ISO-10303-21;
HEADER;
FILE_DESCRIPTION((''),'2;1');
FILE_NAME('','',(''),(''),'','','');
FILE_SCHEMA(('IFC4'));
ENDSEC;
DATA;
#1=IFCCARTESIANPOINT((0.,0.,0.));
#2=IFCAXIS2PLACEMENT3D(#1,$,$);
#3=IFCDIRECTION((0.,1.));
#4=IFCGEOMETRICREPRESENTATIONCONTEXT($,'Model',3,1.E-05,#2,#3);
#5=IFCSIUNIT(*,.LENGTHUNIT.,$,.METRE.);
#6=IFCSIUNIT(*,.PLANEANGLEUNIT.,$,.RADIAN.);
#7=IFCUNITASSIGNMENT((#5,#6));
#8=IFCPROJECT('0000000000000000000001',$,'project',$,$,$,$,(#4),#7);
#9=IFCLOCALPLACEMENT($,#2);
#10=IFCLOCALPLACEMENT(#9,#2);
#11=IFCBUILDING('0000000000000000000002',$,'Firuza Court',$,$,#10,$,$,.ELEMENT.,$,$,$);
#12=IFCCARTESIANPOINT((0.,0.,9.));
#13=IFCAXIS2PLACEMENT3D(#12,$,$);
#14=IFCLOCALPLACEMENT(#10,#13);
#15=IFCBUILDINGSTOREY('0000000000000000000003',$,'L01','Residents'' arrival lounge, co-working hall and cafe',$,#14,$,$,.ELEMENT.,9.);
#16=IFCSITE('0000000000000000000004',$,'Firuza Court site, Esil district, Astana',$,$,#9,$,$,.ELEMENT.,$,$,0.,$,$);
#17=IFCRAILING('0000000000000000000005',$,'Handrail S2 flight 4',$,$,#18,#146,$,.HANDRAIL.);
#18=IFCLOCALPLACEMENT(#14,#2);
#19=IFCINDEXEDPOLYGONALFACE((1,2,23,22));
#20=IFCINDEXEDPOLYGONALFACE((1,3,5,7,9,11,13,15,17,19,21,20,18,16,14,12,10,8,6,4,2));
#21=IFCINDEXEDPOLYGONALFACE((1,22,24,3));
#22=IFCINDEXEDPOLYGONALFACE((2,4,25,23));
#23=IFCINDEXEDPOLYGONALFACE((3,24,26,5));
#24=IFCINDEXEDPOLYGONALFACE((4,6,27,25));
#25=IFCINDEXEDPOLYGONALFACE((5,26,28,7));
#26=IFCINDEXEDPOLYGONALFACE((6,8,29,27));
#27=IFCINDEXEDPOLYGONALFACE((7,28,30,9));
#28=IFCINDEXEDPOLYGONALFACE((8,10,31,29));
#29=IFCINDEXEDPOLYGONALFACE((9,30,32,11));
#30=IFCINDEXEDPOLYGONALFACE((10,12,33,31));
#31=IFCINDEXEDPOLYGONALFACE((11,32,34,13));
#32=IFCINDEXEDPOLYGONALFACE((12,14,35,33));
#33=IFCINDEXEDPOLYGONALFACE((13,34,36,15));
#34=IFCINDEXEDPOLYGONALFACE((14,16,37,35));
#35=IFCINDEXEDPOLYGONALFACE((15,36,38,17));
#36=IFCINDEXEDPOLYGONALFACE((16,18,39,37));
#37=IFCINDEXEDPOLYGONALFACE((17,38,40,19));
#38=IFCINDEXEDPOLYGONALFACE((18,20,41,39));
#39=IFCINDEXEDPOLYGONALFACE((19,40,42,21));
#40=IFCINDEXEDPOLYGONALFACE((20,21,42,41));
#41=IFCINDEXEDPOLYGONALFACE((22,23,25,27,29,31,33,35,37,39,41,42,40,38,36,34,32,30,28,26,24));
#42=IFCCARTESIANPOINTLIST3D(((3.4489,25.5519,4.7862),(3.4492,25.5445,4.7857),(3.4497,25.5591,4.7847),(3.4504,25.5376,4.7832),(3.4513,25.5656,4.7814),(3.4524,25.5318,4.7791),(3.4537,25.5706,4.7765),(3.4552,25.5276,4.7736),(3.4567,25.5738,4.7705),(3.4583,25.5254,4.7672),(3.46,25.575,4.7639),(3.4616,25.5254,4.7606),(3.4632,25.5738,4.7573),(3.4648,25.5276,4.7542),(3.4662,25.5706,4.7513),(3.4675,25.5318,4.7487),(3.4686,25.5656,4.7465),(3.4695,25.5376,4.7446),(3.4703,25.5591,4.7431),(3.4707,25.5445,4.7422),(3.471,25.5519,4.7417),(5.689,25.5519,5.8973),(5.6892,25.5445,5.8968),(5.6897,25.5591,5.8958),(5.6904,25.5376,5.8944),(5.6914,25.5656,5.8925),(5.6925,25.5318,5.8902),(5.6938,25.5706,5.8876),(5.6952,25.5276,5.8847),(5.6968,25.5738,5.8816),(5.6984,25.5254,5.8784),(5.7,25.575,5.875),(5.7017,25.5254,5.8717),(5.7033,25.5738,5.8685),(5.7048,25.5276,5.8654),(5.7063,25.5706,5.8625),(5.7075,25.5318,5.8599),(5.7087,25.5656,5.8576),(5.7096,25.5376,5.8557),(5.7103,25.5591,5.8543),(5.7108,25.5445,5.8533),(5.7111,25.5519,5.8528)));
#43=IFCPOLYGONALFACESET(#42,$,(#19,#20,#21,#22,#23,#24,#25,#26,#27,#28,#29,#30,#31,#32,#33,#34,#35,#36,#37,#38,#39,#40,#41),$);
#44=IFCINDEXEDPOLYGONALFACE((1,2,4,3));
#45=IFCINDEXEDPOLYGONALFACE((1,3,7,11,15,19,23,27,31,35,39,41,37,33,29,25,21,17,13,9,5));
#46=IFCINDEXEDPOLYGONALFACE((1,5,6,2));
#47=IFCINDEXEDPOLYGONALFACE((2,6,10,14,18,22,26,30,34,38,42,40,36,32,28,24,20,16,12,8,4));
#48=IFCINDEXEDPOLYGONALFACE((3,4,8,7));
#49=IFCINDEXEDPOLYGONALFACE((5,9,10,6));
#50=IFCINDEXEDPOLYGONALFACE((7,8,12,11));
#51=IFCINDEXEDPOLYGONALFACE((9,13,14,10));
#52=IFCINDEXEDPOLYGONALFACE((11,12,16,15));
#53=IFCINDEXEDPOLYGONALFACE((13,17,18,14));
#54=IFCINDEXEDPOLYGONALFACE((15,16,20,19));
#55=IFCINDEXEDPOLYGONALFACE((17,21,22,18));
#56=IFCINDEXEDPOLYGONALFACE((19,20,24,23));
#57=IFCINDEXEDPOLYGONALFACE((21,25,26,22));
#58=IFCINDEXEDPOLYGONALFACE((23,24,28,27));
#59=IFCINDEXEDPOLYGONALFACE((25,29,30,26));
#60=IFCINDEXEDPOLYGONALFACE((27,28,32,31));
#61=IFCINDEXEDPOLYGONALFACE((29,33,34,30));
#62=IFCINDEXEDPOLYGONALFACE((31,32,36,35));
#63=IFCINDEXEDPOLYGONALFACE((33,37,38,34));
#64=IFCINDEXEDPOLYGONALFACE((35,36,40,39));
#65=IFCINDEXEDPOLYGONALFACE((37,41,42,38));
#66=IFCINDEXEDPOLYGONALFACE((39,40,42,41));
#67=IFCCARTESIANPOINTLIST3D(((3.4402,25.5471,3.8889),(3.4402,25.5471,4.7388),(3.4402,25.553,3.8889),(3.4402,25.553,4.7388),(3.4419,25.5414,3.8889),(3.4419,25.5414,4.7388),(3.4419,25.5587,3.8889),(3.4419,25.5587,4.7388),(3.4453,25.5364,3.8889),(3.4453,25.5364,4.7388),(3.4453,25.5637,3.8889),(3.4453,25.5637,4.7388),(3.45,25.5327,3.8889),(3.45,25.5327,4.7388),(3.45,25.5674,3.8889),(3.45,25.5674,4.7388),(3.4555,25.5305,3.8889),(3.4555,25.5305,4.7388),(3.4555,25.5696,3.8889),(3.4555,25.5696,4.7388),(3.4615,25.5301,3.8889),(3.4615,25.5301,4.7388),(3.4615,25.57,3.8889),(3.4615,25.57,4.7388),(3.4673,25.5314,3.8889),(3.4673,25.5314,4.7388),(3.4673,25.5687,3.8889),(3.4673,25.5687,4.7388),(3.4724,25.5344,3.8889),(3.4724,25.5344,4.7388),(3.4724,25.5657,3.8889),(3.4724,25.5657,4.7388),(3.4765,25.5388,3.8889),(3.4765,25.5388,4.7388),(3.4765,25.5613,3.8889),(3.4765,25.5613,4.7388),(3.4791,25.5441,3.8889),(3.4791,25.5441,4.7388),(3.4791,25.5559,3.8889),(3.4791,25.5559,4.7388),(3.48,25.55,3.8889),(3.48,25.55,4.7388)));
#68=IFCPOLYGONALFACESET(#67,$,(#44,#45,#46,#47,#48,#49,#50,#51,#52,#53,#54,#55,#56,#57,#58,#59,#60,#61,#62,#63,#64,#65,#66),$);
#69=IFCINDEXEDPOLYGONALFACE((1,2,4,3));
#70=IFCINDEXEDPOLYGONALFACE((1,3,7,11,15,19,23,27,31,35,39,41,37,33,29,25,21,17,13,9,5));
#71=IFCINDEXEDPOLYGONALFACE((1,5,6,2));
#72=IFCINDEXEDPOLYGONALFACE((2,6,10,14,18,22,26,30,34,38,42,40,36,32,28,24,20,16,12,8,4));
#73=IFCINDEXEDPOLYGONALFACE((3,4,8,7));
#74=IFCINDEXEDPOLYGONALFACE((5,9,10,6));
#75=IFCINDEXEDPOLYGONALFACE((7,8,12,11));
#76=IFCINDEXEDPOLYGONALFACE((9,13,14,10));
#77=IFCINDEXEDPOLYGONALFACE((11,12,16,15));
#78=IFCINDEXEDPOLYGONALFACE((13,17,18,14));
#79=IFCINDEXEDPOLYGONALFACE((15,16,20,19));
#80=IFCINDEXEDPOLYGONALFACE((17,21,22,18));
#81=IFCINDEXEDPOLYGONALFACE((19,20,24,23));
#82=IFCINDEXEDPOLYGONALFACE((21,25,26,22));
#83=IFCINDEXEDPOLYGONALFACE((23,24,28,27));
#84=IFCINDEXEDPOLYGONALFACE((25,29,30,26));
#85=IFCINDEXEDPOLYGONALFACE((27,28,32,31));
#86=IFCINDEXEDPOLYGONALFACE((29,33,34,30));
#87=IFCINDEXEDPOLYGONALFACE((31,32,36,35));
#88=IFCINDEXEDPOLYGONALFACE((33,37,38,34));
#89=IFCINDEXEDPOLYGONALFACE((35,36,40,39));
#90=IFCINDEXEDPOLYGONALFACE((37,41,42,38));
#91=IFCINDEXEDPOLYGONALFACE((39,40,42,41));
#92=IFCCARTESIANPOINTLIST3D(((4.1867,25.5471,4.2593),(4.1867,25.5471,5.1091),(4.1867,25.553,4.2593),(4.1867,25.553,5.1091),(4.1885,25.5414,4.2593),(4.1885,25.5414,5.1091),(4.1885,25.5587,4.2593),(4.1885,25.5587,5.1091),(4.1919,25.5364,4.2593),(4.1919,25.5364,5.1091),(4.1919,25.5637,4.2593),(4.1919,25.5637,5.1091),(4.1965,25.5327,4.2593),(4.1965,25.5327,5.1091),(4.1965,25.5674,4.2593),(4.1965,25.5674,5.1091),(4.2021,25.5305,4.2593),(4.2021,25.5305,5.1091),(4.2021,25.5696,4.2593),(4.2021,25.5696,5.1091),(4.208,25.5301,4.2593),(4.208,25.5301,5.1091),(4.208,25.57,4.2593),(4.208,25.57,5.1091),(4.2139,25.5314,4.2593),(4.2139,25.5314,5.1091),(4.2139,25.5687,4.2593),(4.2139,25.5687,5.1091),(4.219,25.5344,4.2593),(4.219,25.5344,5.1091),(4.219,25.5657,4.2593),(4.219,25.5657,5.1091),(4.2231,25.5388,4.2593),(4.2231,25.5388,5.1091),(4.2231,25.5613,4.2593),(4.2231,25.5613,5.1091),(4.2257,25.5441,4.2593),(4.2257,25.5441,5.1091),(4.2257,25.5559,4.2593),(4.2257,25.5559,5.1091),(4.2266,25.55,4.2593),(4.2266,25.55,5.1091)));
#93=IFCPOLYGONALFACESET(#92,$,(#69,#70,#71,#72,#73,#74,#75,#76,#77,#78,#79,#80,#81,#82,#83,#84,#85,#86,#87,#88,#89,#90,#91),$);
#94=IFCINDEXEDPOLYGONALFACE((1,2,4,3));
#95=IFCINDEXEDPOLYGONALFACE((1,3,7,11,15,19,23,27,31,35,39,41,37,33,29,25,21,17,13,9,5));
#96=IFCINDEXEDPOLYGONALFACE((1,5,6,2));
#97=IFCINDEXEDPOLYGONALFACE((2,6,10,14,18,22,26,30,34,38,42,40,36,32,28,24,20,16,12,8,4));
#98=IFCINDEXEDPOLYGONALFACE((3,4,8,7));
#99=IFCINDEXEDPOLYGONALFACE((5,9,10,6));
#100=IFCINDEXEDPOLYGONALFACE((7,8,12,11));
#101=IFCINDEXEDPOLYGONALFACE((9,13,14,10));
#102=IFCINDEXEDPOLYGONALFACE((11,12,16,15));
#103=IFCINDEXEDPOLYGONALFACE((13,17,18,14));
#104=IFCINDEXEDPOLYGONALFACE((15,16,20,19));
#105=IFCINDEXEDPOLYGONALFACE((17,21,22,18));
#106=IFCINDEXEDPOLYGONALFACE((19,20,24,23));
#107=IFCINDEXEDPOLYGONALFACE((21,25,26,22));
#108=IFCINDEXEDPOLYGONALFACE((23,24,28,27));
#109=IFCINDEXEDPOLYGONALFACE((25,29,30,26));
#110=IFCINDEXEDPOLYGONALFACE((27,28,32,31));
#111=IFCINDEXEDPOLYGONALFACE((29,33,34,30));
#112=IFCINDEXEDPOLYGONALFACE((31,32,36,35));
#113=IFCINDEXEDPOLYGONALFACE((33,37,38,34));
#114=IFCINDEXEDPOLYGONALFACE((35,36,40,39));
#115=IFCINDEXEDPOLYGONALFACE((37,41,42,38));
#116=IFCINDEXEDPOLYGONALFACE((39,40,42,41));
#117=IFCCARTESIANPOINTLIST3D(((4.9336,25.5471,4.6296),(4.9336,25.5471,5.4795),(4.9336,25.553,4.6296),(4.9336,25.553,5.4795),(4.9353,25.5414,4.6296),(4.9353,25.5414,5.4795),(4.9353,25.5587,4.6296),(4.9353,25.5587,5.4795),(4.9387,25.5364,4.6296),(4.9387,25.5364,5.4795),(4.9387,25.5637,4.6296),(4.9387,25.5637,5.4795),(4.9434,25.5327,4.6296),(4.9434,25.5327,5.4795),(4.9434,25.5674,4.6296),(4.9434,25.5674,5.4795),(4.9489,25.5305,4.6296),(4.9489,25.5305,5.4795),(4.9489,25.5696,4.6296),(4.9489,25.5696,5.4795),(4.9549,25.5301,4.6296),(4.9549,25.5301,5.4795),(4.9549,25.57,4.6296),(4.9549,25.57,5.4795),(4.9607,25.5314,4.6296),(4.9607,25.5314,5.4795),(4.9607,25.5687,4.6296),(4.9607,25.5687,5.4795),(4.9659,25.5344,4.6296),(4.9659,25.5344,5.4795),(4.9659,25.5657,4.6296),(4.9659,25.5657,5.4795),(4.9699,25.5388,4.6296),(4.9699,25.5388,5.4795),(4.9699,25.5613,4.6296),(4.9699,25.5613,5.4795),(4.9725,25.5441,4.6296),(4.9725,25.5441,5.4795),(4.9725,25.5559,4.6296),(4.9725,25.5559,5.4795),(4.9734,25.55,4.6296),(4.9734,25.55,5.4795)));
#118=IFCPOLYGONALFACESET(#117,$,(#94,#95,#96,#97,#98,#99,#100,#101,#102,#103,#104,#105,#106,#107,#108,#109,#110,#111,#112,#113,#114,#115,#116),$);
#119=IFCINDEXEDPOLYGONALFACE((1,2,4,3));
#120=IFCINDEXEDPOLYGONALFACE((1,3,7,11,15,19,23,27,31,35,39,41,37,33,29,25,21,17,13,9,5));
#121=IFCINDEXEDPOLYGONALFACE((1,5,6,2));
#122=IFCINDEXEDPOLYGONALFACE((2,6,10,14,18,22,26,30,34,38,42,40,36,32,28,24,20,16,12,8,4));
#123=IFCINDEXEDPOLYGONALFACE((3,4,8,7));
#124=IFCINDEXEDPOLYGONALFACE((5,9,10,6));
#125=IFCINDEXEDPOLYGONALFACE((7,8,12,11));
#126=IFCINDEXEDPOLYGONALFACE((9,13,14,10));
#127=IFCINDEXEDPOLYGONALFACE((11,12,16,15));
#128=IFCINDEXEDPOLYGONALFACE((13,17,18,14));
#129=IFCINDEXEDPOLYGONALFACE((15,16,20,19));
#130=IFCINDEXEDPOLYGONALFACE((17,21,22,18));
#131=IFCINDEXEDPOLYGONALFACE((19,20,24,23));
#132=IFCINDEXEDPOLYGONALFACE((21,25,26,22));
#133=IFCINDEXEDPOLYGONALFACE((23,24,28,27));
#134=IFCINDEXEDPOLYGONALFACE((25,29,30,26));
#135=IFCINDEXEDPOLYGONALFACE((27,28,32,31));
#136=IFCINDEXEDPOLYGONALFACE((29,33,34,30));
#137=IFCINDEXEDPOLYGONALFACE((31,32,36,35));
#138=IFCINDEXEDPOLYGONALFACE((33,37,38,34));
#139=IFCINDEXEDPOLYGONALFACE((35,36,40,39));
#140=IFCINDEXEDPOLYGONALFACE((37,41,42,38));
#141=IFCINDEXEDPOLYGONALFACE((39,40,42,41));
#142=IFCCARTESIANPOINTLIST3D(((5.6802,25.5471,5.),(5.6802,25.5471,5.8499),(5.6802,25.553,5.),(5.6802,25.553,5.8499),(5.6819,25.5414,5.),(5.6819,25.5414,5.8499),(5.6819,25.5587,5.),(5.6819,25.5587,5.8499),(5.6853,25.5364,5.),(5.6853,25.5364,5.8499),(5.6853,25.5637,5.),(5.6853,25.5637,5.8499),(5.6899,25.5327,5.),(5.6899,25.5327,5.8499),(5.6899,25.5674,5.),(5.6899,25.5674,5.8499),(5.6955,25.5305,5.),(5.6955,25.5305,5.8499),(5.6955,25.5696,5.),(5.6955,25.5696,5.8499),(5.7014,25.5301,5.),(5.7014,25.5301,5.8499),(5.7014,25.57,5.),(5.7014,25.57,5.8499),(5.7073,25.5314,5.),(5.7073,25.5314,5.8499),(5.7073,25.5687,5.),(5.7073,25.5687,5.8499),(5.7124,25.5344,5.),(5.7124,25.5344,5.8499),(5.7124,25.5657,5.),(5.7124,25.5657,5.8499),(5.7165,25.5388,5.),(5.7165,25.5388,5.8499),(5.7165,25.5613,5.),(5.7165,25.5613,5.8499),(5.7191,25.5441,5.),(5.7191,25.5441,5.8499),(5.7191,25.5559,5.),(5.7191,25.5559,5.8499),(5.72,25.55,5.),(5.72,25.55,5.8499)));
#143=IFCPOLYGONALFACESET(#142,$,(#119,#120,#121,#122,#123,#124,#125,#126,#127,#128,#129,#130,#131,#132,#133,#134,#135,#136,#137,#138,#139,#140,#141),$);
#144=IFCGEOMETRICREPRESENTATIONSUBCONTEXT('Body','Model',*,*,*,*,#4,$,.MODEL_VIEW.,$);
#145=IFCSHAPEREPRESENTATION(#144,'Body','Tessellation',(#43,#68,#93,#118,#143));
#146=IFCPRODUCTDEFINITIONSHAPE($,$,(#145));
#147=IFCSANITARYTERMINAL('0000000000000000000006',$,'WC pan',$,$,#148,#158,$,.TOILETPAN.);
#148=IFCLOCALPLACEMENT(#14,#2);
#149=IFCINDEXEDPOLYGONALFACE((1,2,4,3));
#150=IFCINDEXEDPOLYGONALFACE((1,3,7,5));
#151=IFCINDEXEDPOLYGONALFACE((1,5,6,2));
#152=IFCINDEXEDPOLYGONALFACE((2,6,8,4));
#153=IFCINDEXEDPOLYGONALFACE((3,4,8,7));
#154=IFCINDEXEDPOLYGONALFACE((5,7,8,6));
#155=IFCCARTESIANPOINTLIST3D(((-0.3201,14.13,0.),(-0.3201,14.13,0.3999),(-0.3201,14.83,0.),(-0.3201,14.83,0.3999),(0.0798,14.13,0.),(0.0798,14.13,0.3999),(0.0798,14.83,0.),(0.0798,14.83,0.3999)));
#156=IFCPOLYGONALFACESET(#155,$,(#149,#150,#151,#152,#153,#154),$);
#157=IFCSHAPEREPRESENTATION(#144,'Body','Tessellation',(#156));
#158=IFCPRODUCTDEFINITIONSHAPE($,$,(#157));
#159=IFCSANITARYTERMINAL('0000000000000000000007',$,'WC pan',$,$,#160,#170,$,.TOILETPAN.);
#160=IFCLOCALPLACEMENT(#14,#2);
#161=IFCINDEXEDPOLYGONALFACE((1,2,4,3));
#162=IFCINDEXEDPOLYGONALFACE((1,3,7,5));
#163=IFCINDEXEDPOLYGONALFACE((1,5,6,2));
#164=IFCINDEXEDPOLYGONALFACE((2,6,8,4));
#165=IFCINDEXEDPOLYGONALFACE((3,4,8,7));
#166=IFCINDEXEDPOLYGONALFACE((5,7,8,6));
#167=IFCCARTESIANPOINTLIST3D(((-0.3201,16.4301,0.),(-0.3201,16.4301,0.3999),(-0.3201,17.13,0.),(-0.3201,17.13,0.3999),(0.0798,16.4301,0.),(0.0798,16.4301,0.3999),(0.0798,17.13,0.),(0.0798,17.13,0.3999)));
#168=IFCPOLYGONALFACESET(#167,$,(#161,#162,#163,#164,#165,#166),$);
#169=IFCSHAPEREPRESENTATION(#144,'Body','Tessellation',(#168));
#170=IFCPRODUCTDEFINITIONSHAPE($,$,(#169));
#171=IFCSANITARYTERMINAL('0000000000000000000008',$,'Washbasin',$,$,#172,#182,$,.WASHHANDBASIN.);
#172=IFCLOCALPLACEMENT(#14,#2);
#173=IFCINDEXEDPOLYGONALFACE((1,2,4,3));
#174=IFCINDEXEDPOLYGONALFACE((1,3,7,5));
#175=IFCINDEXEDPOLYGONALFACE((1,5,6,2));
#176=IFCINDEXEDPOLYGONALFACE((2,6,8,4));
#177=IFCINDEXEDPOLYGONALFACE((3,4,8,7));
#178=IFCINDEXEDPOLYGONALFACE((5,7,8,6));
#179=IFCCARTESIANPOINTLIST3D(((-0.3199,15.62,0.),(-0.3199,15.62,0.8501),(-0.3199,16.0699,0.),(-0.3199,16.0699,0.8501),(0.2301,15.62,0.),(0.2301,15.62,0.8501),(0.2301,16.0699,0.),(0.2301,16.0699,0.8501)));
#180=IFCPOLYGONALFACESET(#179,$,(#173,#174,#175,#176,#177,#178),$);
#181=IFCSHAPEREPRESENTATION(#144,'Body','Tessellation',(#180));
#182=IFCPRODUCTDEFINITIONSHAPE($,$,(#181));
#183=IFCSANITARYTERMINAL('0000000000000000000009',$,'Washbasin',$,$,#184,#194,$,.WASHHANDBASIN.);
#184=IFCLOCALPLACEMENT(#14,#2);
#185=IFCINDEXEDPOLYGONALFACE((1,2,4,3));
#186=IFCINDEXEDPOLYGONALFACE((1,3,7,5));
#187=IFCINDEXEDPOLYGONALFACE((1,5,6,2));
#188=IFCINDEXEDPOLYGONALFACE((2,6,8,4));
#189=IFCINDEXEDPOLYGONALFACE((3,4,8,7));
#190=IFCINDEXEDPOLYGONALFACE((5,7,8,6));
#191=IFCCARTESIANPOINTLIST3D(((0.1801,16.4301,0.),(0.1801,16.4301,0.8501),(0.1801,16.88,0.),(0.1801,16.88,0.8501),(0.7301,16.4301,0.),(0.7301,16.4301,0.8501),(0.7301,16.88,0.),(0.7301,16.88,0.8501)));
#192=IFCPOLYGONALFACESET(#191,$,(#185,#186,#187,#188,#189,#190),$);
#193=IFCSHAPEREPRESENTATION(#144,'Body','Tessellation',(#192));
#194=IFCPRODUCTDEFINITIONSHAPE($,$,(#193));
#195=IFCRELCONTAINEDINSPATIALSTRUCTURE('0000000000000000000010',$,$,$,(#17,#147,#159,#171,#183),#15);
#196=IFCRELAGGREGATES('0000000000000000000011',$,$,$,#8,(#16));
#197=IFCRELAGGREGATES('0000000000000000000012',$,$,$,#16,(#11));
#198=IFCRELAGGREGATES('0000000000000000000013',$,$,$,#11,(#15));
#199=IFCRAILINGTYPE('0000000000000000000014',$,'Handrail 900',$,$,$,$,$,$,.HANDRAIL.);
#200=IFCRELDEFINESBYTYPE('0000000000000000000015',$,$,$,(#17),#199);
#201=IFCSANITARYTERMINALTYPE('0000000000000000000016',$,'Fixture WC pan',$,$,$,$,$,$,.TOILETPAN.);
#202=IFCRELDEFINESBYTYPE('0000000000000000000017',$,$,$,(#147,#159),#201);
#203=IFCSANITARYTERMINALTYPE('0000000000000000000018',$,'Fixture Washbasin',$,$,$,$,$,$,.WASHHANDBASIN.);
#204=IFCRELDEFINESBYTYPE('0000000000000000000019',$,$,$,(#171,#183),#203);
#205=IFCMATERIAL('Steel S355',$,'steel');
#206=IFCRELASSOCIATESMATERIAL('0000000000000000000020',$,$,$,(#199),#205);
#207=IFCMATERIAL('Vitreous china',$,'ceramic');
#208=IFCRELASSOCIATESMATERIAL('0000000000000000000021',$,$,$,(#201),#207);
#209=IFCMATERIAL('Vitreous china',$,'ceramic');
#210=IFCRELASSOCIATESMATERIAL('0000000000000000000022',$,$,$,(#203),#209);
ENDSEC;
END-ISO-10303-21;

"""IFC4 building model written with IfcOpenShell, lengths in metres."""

from ifc_helpers import new_model, si_unit, direction, frame, origin, origin_2d, place, context, subcontext, project, spatial, rectangle, circle, extrude, material, type_object, element, save


model = new_model("IFC4")

# Units and contexts
model_context = context("Model", 3, precision=1e-05, world=origin(), true_north=direction((0.0, 1.0)))
body_context = subcontext(model_context, "Body", "Model", "MODEL_VIEW")
ifc_project = project(units=[si_unit("LENGTHUNIT", "METRE"), si_unit("PLANEANGLEUNIT", "RADIAN")], contexts=[model_context])

# Site, building, storey
site_placement = place(None, origin())
site = spatial("IfcSite", under=ifc_project, at=site_placement, Name="Firuza Court site, Esil district, Astana", CompositionType="ELEMENT", RefElevation=0.0)
building_placement = place(site_placement, origin())
building = spatial("IfcBuilding", under=site, at=building_placement, Name="Firuza Court", CompositionType="ELEMENT")
storey_placement = place(building_placement, frame((0.0, 0.0, 9.0)))
storey = spatial("IfcBuildingStorey", under=building, at=storey_placement, Name="L01", Description="Residents' arrival lounge, co-working hall and cafe", CompositionType="ELEMENT", Elevation=9.0)

# Railing
ifc_material_1 = material(Name="Steel S355", Category="steel")
railing_type = type_object("IfcRailingType", Name="Handrail 900", PredefinedType="HANDRAIL", material=ifc_material_1)
for number, where, name in (
    (1, (3.46, 25.55, 3.8889), "Handrail S2 flight 4"),
):
    element("IfcRailing", number, at=place(storey_placement, frame(where)), inside=storey, type_object=railing_type, Name=name, PredefinedType="HANDRAIL", context=body_context, shape_type="SweptSolid", body=[
        extrude(circle(Radius=0.0249, at=origin_2d()), frame((0.0, 0.0, 0.875), z_axis=(0.895848, 0.0, 0.44436), x_axis=(0.0, 1.0, 0.0)), (0.0, 0.0, 1.0), 2.5005),
        extrude(circle(Radius=0.02, at=origin_2d()), origin(), (0.0, 0.0, 1.0), 0.8499),
        extrude(circle(Radius=0.02, at=origin_2d()), frame((0.7466, 0.0, 0.3704)), (0.0, 0.0, 1.0), 0.8499),
        extrude(circle(Radius=0.02, at=origin_2d()), frame((1.4934, 0.0, 0.7407)), (0.0, 0.0, 1.0), 0.8499),
        extrude(circle(Radius=0.02, at=origin_2d()), frame((2.24, 0.0, 1.1111)), (0.0, 0.0, 1.0), 0.8499),
    ])

# Sanitary terminals
ifc_material_2 = material(Name="Vitreous china", Category="ceramic")
sanitary_terminal_type_1 = type_object("IfcSanitaryTerminalType", Name="Fixture WC pan", PredefinedType="TOILETPAN", material=ifc_material_2)
for number, where, z_axis, x_axis, name in (
    (2, (-0.1201, 14.48, 0.0), (0.0, 0.0, 1.0), (1.0, 0.0, 0.0), "WC pan"),
    (3, (-0.1201, 16.78, 0.0), (0.0, 0.0, 1.0), (1.0, 0.0, 0.0), "WC pan"),
):
    element("IfcSanitaryTerminal", number, at=place(storey_placement, frame(where, z_axis=z_axis, x_axis=x_axis)), inside=storey, type_object=sanitary_terminal_type_1, Name=name, PredefinedType="TOILETPAN", context=body_context, shape_type="SweptSolid", body=[
        extrude(rectangle(XDim=0.3999, YDim=0.7, at=origin_2d()), origin(), (0.0, 0.0, 1.0), 0.3999),
    ])
ifc_material_3 = material(Name="Vitreous china", Category="ceramic")
sanitary_terminal_type_2 = type_object("IfcSanitaryTerminalType", Name="Fixture Washbasin", PredefinedType="WASHHANDBASIN", material=ifc_material_3)
for number, where, z_axis, x_axis, name in (
    (4, (-0.0449, 15.845, 0.0), (0.0, 0.0, 1.0), (1.0, 0.0, 0.0), "Washbasin"),
    (5, (0.4551, 16.655, 0.0), (0.0, 0.0, 1.0), (1.0, 0.0, 0.0), "Washbasin"),
):
    element("IfcSanitaryTerminal", number, at=place(storey_placement, frame(where, z_axis=z_axis, x_axis=x_axis)), inside=storey, type_object=sanitary_terminal_type_2, Name=name, PredefinedType="WASHHANDBASIN", context=body_context, shape_type="SweptSolid", body=[
        extrude(rectangle(XDim=0.55, YDim=0.45, at=origin_2d()), origin(), (0.0, 0.0, 1.0), 0.8501),
    ])

save(model, "model.ifc")
